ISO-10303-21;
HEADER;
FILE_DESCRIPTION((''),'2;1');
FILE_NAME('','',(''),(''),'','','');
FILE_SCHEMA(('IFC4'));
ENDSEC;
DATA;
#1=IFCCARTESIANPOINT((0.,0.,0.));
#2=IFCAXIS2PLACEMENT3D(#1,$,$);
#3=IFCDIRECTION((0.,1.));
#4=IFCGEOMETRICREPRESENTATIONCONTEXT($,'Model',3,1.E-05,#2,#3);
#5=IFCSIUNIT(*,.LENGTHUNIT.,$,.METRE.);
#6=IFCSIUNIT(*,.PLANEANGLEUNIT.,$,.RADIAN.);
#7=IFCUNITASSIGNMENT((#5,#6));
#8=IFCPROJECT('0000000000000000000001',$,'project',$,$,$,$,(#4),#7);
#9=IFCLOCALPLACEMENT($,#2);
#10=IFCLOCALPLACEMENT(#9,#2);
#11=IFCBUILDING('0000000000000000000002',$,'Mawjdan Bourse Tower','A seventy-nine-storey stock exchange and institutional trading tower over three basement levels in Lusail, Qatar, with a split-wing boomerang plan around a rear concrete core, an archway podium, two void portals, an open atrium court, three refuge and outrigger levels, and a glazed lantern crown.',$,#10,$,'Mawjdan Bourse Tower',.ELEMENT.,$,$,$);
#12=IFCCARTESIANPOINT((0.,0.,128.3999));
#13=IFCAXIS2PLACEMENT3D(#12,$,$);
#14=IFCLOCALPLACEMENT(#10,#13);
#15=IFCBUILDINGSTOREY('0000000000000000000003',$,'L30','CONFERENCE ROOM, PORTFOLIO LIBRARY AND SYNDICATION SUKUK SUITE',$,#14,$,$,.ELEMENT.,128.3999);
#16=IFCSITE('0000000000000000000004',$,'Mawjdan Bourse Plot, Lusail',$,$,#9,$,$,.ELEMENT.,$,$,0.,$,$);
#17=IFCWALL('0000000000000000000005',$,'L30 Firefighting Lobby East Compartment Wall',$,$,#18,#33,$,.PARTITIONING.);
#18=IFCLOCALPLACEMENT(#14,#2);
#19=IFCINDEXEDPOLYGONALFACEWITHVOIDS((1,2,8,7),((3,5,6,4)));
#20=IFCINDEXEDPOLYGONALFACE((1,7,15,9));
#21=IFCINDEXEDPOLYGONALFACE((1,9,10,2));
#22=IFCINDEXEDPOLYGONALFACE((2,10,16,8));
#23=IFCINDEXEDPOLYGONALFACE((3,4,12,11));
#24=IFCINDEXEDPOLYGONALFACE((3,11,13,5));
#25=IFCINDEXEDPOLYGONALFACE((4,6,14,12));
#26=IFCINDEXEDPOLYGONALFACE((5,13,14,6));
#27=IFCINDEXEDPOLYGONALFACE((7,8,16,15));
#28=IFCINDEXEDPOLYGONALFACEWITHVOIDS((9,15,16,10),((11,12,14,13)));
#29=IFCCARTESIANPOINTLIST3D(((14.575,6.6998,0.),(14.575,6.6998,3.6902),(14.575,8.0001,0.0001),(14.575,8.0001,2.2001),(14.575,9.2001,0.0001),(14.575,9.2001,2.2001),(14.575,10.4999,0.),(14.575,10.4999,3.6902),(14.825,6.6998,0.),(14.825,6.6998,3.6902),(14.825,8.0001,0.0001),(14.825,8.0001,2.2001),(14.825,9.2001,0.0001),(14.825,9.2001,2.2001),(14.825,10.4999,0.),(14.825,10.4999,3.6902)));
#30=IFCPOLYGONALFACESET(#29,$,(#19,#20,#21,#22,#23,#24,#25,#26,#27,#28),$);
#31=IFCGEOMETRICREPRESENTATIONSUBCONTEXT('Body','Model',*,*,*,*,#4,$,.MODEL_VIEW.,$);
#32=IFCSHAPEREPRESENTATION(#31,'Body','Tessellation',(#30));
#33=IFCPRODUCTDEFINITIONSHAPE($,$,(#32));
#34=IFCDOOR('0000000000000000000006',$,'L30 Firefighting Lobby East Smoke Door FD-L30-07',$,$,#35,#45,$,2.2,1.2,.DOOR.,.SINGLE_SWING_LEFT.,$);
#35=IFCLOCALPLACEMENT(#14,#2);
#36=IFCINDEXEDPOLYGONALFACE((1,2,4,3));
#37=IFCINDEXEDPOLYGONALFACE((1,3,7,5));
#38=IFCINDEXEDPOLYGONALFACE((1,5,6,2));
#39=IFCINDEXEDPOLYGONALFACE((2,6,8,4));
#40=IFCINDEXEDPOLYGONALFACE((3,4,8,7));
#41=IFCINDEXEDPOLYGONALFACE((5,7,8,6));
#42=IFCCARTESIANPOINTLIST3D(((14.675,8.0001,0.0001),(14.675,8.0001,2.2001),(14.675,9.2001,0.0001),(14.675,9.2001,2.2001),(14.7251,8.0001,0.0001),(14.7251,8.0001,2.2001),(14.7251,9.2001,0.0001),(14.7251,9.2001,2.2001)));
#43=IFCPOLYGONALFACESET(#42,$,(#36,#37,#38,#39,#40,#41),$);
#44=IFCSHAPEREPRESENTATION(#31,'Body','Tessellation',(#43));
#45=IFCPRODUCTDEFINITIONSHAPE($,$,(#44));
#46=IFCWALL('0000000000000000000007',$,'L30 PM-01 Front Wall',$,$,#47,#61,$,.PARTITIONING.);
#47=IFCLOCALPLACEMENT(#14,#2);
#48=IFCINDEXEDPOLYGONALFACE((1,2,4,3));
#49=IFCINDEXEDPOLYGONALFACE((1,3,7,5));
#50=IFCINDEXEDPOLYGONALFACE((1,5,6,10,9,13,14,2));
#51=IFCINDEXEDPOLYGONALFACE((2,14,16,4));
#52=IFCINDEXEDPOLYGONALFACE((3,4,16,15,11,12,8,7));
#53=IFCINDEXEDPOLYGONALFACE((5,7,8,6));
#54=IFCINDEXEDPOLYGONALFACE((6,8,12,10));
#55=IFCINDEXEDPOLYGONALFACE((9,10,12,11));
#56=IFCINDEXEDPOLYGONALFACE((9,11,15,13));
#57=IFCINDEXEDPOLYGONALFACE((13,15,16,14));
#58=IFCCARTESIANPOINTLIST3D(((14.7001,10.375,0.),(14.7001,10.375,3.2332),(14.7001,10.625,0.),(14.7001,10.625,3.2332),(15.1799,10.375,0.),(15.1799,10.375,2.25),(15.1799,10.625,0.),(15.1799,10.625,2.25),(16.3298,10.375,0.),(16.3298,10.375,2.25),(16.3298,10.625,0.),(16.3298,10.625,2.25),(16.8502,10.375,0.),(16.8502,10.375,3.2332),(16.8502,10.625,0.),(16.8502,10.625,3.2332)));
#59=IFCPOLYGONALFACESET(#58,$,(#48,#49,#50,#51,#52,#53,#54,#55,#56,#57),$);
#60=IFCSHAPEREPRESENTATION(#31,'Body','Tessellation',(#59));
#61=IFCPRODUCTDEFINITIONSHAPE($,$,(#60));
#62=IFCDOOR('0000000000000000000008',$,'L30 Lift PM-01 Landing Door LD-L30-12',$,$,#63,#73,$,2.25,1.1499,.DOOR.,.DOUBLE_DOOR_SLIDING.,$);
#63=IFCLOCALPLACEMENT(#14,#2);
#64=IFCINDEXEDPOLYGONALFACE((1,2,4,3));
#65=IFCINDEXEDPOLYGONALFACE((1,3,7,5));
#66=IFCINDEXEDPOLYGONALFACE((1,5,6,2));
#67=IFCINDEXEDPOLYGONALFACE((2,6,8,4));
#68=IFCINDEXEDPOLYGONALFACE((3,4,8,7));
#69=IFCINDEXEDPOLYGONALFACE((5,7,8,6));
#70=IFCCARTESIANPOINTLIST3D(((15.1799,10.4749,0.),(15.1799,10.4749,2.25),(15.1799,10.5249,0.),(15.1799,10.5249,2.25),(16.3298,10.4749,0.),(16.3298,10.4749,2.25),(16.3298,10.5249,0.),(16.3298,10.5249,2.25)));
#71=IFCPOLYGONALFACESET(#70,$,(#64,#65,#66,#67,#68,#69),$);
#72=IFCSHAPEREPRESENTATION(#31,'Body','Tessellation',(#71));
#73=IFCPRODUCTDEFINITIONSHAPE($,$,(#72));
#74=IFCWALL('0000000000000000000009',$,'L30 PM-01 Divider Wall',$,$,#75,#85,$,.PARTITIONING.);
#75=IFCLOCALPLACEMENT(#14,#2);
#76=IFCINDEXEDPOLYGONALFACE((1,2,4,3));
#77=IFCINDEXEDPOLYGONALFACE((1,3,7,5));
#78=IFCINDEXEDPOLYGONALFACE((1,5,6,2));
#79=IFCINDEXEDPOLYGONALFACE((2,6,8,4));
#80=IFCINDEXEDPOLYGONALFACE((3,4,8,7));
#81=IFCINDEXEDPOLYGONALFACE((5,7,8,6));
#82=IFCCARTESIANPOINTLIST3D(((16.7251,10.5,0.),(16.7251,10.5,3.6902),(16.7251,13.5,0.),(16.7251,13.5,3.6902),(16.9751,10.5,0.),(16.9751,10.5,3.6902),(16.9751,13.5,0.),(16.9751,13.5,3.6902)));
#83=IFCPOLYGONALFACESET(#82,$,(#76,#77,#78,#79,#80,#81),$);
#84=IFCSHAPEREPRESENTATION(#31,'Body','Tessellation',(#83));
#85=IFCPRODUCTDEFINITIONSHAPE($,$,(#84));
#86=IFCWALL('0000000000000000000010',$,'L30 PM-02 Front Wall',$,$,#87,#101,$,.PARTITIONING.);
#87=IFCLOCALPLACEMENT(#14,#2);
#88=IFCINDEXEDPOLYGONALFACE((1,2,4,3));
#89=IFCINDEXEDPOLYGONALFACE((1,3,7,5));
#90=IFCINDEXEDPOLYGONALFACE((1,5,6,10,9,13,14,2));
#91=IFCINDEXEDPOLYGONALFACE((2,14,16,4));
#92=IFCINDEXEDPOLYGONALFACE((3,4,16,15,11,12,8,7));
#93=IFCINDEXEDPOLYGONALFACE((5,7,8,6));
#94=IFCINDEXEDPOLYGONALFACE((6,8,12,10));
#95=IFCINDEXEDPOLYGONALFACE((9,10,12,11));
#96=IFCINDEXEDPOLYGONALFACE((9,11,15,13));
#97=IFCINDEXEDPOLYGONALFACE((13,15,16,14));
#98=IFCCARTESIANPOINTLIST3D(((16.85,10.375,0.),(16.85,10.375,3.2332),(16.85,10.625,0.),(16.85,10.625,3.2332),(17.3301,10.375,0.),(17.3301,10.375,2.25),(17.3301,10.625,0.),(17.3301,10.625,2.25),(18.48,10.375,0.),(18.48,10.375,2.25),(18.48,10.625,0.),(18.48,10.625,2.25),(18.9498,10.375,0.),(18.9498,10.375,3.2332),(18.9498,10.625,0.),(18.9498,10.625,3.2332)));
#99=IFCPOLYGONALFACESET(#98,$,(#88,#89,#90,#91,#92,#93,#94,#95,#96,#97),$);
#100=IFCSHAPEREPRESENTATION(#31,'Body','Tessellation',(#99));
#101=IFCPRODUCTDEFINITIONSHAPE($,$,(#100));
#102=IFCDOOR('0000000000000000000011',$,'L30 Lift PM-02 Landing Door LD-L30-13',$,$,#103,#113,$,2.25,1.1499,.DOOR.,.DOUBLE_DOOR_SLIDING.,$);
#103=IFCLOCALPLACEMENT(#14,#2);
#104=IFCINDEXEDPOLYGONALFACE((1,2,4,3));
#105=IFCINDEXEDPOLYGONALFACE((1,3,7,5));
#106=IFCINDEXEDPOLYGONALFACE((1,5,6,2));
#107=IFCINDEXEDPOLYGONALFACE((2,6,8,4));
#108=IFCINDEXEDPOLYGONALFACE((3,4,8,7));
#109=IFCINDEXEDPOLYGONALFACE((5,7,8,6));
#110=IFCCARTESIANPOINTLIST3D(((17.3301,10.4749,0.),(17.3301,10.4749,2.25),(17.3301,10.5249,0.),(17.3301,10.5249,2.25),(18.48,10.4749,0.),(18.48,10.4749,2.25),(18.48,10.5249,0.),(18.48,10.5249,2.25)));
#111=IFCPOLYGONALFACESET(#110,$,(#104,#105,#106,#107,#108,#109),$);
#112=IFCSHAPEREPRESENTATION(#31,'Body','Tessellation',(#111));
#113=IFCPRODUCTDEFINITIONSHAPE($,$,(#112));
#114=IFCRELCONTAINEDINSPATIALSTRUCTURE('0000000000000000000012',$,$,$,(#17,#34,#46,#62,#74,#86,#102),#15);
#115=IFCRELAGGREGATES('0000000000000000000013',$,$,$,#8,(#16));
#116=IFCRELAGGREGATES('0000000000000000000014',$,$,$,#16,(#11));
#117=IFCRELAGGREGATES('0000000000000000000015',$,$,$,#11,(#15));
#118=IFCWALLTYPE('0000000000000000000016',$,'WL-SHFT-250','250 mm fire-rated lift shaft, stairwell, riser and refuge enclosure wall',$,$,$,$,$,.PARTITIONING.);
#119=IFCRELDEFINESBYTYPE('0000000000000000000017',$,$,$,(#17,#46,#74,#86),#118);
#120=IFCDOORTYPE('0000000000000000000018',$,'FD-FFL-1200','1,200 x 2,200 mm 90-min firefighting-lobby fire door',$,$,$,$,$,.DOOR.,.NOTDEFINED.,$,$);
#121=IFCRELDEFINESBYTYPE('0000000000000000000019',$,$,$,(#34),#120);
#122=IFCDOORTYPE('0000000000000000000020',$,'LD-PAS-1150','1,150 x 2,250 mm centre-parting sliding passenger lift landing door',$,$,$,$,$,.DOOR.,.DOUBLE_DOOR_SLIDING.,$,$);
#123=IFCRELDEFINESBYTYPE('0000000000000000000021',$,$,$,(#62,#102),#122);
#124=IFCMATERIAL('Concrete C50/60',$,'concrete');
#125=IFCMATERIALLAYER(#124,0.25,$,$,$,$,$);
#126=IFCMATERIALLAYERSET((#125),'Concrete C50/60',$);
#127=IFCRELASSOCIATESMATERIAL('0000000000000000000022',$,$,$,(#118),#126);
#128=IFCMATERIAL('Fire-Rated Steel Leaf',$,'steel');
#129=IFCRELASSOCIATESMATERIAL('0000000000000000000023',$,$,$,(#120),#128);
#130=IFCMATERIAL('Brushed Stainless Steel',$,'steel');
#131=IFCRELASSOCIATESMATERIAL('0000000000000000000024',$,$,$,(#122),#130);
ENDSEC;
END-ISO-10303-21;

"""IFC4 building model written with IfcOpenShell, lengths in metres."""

from ifc_helpers import new_model, si_unit, direction, frame, frame_2d, origin, place, context, subcontext, project, spatial, rectangle, extrude, material, layer, layer_set, type_object, element, fill, save


model = new_model("IFC4")

# Units and contexts
model_context = context("Model", 3, precision=1e-05, world=origin(), true_north=direction((0.0, 1.0)))
body_context = subcontext(model_context, "Body", "Model", "MODEL_VIEW")
ifc_project = project(units=[si_unit("LENGTHUNIT", "METRE"), si_unit("PLANEANGLEUNIT", "RADIAN")], contexts=[model_context])

# Site, building, storey
site_placement = place(None, origin())
site = spatial("IfcSite", under=ifc_project, at=site_placement, Name="Mawjdan Bourse Plot, Lusail", CompositionType="ELEMENT", RefElevation=0.0)
building_placement = place(site_placement, origin())
building = spatial("IfcBuilding", under=site, at=building_placement, Name="Mawjdan Bourse Tower", Description="A seventy-nine-storey stock exchange and institutional trading tower over three basement levels in Lusail, Qatar, with a split-wing boomerang plan around a rear concrete core, an archway podium, two void portals, an open atrium court, three refuge and outrigger levels, and a glazed lantern crown.", LongName="Mawjdan Bourse Tower", CompositionType="ELEMENT")
storey_placement = place(building_placement, frame((0.0, 0.0, 128.3999)))
storey = spatial("IfcBuildingStorey", under=building, at=storey_placement, Name="L30", Description="CONFERENCE ROOM, PORTFOLIO LIBRARY AND SYNDICATION SUKUK SUITE", CompositionType="ELEMENT", Elevation=128.3999)

# Shared definitions
ifc_material_1 = material(Name="Concrete C50/60", Category="concrete")
ifc_layer_1 = layer(ifc_material_1, 0.25)
ifc_layer_set_1 = layer_set([ifc_layer_1], Name="Concrete C50/60")
wall_type_1 = type_object("IfcWallType", Name="WL-SHFT-250", Description="250 mm fire-rated lift shaft, stairwell, riser and refuge enclosure wall", PredefinedType="PARTITIONING", material=ifc_layer_set_1)

# Shared definitions
ifc_material_2 = material(Name="Brushed Stainless Steel", Category="steel")

# Walls, openings, doors
wall_1_placement = place(storey_placement, frame((14.7, 6.7, 0.0), z_axis=(0.0, 0.0, 1.0), x_axis=(0.0, 1.0, 0.0)))
wall_1 = element("IfcWall", 1, at=wall_1_placement, inside=storey, type_object=wall_type_1, Name="L30 Firefighting Lobby East Compartment Wall", PredefinedType="PARTITIONING", context=body_context, shape_type="SweptSolid", body=[
    extrude(rectangle(XDim=3.8, YDim=0.25, at=frame_2d((1.8999, 0.0))), origin(), (0.0, 0.0, 1.0), 3.6902),
])
opening_1_placement = place(wall_1_placement, frame((1.3, 0.0, 0.0)))
opening_1 = element("IfcOpeningElement", 2, at=opening_1_placement, cuts=wall_1, PredefinedType="OPENING", context=body_context, shape_type="SweptSolid", body=[
    extrude(rectangle(XDim=1.2, YDim=2.2, at=frame_2d((0.6001, 1.1001))), frame((0.0, 0.135, 0.0), z_axis=(0.0, -1.0, 0.0), x_axis=(1.0, 0.0, 0.0)), (0.0, 0.0, 1.0), 0.27),
])
ifc_material_3 = material(Name="Fire-Rated Steel Leaf", Category="steel")
door_type_1 = type_object("IfcDoorType", Name="FD-FFL-1200", Description="1,200 x 2,200 mm 90-min firefighting-lobby fire door", OperationType="NOTDEFINED", PredefinedType="DOOR", material=ifc_material_3)
door_1_placement = place(opening_1_placement, origin())
door_1 = element("IfcDoor", 3, at=door_1_placement, inside=storey, type_object=door_type_1, Name="L30 Firefighting Lobby East Smoke Door FD-L30-07", OperationType="SINGLE_SWING_LEFT", OverallHeight=2.2, OverallWidth=1.2, PredefinedType="DOOR", context=body_context, shape_type="SweptSolid", body=[
    extrude(rectangle(XDim=1.2, YDim=2.2, at=frame_2d((0.6001, 1.1001))), frame((0.0, 0.0249, 0.0), z_axis=(0.0, -1.0, 0.0), x_axis=(1.0, 0.0, 0.0)), (0.0, 0.0, 1.0), 0.05),
])
fill(opening_1, door_1)
wall_2_placement = place(storey_placement, frame((14.7, 10.5, 0.0), z_axis=(0.0, 0.0, 1.0), x_axis=(1.0, 0.0, 0.0)))
wall_2 = element("IfcWall", 4, at=wall_2_placement, inside=storey, type_object=wall_type_1, Name="L30 PM-01 Front Wall", PredefinedType="PARTITIONING", context=body_context, shape_type="SweptSolid", body=[
    extrude(rectangle(XDim=2.1501, YDim=0.25, at=frame_2d((1.0752, 0.0))), origin(), (0.0, 0.0, 1.0), 3.2332),
])
opening_2_placement = place(wall_2_placement, frame((0.48, 0.0, 0.0)))
opening_2 = element("IfcOpeningElement", 5, at=opening_2_placement, cuts=wall_2, PredefinedType="OPENING", context=body_context, shape_type="SweptSolid", body=[
    extrude(rectangle(XDim=1.1499, YDim=2.25, at=frame_2d((0.575, 1.125))), frame((0.0, 0.135, 0.0), z_axis=(0.0, -1.0, 0.0), x_axis=(1.0, 0.0, 0.0)), (0.0, 0.0, 1.0), 0.27),
])
door_type_2 = type_object("IfcDoorType", Name="LD-PAS-1150", Description="1,150 x 2,250 mm centre-parting sliding passenger lift landing door", OperationType="DOUBLE_DOOR_SLIDING", PredefinedType="DOOR", material=ifc_material_2)
door_2_placement = place(opening_2_placement, origin())
door_2 = element("IfcDoor", 6, at=door_2_placement, inside=storey, type_object=door_type_2, Name="L30 Lift PM-01 Landing Door LD-L30-12", OperationType="DOUBLE_DOOR_SLIDING", OverallHeight=2.25, OverallWidth=1.1499, PredefinedType="DOOR", context=body_context, shape_type="SweptSolid", body=[
    extrude(rectangle(XDim=1.1499, YDim=2.25, at=frame_2d((0.575, 1.125))), frame((0.0, 0.0249, 0.0), z_axis=(0.0, -1.0, 0.0), x_axis=(1.0, 0.0, 0.0)), (0.0, 0.0, 1.0), 0.05),
])
fill(opening_2, door_2)

# Wall
wall_3_placement = place(storey_placement, frame((16.8501, 10.5, 0.0), z_axis=(0.0, 0.0, 1.0), x_axis=(0.0, 1.0, 0.0)))
element("IfcWall", 7, at=wall_3_placement, inside=storey, type_object=wall_type_1, Name="L30 PM-01 Divider Wall", PredefinedType="PARTITIONING", context=body_context, shape_type="SweptSolid", body=[
    extrude(rectangle(XDim=3.0, YDim=0.25, at=frame_2d((1.5, 0.0))), origin(), (0.0, 0.0, 1.0), 3.6902),
])

# Wall, opening, door
wall_4_placement = place(storey_placement, frame((16.8501, 10.5, 0.0), z_axis=(0.0, 0.0, 1.0), x_axis=(1.0, 0.0, 0.0)))
wall_4 = element("IfcWall", 8, at=wall_4_placement, inside=storey, type_object=wall_type_1, Name="L30 PM-02 Front Wall", PredefinedType="PARTITIONING", context=body_context, shape_type="SweptSolid", body=[
    extrude(rectangle(XDim=2.0999, YDim=0.25, at=frame_2d((1.0498, 0.0))), origin(), (0.0, 0.0, 1.0), 3.2332),
])
opening_3_placement = place(wall_4_placement, frame((0.48, 0.0, 0.0)))
opening_3 = element("IfcOpeningElement", 9, at=opening_3_placement, cuts=wall_4, PredefinedType="OPENING", context=body_context, shape_type="SweptSolid", body=[
    extrude(rectangle(XDim=1.1499, YDim=2.25, at=frame_2d((0.575, 1.125))), frame((0.0, 0.135, 0.0), z_axis=(0.0, -1.0, 0.0), x_axis=(1.0, 0.0, 0.0)), (0.0, 0.0, 1.0), 0.27),
])
door_3_placement = place(opening_3_placement, origin())
door_3 = element("IfcDoor", 10, at=door_3_placement, inside=storey, type_object=door_type_2, Name="L30 Lift PM-02 Landing Door LD-L30-13", OperationType="DOUBLE_DOOR_SLIDING", OverallHeight=2.25, OverallWidth=1.1499, PredefinedType="DOOR", context=body_context, shape_type="SweptSolid", body=[
    extrude(rectangle(XDim=1.1499, YDim=2.25, at=frame_2d((0.575, 1.125))), frame((0.0, 0.0249, 0.0), z_axis=(0.0, -1.0, 0.0), x_axis=(1.0, 0.0, 0.0)), (0.0, 0.0, 1.0), 0.05),
])
fill(opening_3, door_3)

save(model, "model.ifc")
